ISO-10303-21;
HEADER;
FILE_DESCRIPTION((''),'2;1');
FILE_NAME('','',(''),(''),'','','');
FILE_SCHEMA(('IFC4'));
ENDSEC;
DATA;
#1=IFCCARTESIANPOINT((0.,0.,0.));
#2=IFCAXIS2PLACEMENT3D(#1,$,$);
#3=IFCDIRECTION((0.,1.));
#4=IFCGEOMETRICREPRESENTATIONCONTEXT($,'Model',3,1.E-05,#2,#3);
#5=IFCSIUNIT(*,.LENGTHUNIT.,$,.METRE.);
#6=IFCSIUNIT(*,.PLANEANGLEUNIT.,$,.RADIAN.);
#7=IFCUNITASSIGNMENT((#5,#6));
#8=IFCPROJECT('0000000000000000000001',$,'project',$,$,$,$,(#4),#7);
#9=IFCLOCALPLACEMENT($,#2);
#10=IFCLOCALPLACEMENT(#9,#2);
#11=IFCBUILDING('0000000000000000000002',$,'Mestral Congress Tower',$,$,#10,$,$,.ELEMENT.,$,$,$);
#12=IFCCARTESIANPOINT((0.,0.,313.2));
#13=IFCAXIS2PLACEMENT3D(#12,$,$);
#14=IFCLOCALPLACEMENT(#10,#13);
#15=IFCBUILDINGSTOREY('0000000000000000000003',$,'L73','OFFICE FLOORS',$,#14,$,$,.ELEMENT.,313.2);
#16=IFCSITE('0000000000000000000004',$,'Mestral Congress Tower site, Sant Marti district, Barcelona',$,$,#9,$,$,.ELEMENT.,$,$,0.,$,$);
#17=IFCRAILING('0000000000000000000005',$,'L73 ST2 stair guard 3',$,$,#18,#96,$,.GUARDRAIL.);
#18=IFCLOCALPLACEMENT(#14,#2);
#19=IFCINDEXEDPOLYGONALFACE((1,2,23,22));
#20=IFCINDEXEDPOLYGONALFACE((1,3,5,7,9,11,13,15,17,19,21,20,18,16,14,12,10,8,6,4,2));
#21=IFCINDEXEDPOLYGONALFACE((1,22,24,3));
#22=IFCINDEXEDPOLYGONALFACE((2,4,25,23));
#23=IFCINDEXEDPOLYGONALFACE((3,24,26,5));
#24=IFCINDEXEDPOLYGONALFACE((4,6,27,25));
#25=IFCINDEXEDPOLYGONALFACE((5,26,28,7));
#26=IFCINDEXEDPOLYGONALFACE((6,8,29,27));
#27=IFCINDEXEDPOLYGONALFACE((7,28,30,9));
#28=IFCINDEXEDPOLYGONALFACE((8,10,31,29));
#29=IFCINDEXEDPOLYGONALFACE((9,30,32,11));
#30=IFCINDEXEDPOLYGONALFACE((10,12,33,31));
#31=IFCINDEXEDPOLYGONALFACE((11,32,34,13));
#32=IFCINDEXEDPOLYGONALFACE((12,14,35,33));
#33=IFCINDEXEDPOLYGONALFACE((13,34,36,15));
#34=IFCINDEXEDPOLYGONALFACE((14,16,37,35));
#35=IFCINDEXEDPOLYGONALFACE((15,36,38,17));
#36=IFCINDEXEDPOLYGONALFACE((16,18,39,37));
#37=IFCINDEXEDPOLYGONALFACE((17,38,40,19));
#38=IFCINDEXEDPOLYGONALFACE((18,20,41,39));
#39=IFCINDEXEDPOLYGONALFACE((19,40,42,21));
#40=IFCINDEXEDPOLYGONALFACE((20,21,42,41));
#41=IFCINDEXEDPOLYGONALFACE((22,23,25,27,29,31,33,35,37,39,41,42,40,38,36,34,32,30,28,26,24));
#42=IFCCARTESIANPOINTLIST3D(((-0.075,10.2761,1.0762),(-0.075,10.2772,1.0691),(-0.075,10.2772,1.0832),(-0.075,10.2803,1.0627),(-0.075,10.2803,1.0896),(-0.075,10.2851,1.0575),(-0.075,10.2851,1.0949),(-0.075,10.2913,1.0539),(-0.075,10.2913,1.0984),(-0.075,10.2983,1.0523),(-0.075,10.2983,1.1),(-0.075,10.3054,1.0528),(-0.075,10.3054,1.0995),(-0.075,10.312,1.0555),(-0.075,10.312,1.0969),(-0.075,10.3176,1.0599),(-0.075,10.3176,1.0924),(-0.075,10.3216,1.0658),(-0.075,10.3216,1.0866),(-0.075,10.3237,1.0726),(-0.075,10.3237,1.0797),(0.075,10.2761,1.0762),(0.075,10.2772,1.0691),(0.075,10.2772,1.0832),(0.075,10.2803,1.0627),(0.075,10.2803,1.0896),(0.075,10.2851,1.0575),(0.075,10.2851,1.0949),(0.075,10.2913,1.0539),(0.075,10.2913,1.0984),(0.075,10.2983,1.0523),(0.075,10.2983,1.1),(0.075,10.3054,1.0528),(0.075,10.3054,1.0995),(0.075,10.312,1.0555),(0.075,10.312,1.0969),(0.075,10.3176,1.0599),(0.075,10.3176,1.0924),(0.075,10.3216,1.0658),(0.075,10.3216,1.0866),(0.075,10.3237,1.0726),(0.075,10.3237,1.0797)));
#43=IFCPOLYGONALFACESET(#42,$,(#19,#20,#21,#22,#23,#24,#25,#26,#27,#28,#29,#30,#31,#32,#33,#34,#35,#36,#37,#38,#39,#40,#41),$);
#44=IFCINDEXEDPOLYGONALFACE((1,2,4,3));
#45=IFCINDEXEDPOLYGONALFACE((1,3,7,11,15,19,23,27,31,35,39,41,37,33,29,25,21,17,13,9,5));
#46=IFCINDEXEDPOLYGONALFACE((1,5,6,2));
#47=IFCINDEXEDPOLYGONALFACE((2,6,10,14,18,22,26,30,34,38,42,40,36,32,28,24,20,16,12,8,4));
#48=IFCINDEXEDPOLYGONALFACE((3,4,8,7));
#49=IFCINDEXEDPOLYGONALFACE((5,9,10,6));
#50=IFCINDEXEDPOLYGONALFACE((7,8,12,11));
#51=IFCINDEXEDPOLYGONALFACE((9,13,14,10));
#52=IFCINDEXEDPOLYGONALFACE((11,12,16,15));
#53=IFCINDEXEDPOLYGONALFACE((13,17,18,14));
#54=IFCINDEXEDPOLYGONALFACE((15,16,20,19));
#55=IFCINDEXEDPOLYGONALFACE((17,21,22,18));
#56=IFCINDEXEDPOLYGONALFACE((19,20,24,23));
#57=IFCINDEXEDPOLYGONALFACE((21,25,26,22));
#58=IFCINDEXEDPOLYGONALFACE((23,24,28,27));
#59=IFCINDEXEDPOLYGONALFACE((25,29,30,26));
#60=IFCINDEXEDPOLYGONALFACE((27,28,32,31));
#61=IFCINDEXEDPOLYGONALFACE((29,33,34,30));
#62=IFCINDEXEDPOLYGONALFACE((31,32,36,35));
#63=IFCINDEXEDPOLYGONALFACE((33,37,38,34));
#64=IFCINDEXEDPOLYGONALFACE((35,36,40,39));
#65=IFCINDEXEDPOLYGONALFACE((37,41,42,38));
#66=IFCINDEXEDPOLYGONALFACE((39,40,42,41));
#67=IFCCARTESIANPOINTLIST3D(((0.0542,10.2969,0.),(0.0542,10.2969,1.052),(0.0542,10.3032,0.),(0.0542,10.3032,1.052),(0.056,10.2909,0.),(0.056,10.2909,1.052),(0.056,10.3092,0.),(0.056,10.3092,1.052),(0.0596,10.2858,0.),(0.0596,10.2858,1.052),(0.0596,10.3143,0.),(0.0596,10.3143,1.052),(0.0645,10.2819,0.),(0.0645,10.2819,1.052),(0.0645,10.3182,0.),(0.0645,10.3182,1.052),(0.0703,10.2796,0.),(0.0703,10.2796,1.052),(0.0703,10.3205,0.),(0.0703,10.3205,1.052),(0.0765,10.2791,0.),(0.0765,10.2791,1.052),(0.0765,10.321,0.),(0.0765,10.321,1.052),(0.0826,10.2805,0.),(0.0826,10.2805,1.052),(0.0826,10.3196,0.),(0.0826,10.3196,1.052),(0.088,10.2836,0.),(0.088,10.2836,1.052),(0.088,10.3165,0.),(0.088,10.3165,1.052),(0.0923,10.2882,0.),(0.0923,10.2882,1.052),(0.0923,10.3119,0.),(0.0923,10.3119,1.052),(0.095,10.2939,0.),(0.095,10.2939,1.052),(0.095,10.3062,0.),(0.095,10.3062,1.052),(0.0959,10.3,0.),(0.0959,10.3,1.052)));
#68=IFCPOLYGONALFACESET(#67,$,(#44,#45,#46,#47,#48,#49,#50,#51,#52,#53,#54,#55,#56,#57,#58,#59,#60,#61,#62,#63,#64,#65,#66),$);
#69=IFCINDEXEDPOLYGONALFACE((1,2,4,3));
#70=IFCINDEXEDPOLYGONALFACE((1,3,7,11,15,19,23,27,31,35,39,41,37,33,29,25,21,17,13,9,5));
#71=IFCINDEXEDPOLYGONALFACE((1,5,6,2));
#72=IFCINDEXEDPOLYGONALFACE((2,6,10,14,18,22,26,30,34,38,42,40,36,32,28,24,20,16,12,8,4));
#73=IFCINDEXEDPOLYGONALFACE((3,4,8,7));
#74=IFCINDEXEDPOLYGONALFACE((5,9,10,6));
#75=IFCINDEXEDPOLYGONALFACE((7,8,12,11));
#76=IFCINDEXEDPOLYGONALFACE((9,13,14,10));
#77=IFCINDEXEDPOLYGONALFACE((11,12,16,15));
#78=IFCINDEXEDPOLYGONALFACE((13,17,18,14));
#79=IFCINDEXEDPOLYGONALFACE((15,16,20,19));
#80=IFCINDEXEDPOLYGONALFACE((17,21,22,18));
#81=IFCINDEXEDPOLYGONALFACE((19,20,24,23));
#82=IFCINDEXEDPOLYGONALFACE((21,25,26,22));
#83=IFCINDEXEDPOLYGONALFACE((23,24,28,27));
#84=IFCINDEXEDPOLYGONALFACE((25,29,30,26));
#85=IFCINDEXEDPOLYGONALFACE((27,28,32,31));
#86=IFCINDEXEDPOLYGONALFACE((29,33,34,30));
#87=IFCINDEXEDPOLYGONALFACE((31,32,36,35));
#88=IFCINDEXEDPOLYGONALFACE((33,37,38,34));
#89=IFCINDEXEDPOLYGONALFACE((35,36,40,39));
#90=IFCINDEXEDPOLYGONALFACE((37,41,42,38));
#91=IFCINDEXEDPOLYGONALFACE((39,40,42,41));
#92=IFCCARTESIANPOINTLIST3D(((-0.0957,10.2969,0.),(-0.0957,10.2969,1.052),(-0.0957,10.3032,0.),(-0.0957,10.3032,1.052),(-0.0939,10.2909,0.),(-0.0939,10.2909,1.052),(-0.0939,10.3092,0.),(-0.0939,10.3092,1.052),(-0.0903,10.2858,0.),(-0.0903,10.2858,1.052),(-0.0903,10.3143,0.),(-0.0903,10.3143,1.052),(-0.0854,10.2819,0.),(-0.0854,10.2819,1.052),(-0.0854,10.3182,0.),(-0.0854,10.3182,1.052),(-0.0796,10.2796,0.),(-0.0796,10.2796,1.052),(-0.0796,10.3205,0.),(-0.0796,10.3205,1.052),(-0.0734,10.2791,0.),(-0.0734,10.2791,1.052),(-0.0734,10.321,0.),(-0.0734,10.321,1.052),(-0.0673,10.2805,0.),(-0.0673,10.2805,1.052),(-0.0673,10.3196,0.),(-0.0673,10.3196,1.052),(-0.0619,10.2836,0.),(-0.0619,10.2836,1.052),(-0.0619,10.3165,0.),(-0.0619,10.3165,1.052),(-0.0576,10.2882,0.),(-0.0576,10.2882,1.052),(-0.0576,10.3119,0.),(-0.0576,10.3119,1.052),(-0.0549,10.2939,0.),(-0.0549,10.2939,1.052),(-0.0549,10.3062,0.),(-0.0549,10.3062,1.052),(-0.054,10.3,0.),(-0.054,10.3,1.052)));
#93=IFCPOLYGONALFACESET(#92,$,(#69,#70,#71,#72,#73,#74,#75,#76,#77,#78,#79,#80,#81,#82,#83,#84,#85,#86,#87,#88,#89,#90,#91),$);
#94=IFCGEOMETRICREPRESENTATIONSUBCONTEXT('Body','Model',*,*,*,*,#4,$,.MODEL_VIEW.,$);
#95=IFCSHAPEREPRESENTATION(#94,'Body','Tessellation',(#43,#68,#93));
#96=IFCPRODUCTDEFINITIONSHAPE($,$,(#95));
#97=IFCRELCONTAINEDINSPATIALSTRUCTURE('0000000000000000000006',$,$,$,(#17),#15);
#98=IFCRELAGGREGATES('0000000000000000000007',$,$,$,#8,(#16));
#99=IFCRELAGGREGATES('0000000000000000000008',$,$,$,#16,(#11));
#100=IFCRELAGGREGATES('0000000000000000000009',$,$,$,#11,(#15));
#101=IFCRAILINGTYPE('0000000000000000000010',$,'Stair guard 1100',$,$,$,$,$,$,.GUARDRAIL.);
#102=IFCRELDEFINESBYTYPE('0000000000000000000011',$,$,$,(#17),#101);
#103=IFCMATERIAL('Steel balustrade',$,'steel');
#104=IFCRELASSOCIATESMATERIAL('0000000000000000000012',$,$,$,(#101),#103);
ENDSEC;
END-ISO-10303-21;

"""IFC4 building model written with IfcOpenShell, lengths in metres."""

from ifc_helpers import new_model, si_unit, direction, frame, origin, origin_2d, place, context, subcontext, project, spatial, circle, extrude, material, type_object, element, save


model = new_model("IFC4")

# Units and contexts
model_context = context("Model", 3, precision=1e-05, world=origin(), true_north=direction((0.0, 1.0)))
body_context = subcontext(model_context, "Body", "Model", "MODEL_VIEW")
ifc_project = project(units=[si_unit("LENGTHUNIT", "METRE"), si_unit("PLANEANGLEUNIT", "RADIAN")], contexts=[model_context])

# Site, building, storey
site_placement = place(None, origin())
site = spatial("IfcSite", under=ifc_project, at=site_placement, Name="Mestral Congress Tower site, Sant Marti district, Barcelona", CompositionType="ELEMENT", RefElevation=0.0)
building_placement = place(site_placement, origin())
building = spatial("IfcBuilding", under=site, at=building_placement, Name="Mestral Congress Tower", CompositionType="ELEMENT")
storey_placement = place(building_placement, frame((0.0, 0.0, 313.2)))
storey = spatial("IfcBuildingStorey", under=building, at=storey_placement, Name="L73", Description="OFFICE FLOORS", CompositionType="ELEMENT", Elevation=313.2)

# Railing
ifc_material_1 = material(Name="Steel balustrade", Category="steel")
railing_type_1 = type_object("IfcRailingType", Name="Stair guard 1100", PredefinedType="GUARDRAIL", material=ifc_material_1)
railing_1_placement = place(storey_placement, frame((0.075, 10.3, 0.0)))
element("IfcRailing", 1, at=railing_1_placement, inside=storey, type_object=railing_type_1, Name="L73 ST2 stair guard 3", PredefinedType="GUARDRAIL", context=body_context, shape_type="SweptSolid", body=[
    extrude(circle(Radius=0.0239, at=origin_2d()), frame((0.0, 0.0, 1.0762), z_axis=(-1.0, 0.0, 0.0), x_axis=(0.0, -1.0, 0.0)), (0.0, 0.0, 1.0), 0.1499),
    extrude(circle(Radius=0.021, at=origin_2d()), origin(), (0.0, 0.0, 1.0), 1.052),
    extrude(circle(Radius=0.021, at=origin_2d()), frame((-0.1499, 0.0, 0.0)), (0.0, 0.0, 1.0), 1.052),
])

save(model, "model.ifc")
